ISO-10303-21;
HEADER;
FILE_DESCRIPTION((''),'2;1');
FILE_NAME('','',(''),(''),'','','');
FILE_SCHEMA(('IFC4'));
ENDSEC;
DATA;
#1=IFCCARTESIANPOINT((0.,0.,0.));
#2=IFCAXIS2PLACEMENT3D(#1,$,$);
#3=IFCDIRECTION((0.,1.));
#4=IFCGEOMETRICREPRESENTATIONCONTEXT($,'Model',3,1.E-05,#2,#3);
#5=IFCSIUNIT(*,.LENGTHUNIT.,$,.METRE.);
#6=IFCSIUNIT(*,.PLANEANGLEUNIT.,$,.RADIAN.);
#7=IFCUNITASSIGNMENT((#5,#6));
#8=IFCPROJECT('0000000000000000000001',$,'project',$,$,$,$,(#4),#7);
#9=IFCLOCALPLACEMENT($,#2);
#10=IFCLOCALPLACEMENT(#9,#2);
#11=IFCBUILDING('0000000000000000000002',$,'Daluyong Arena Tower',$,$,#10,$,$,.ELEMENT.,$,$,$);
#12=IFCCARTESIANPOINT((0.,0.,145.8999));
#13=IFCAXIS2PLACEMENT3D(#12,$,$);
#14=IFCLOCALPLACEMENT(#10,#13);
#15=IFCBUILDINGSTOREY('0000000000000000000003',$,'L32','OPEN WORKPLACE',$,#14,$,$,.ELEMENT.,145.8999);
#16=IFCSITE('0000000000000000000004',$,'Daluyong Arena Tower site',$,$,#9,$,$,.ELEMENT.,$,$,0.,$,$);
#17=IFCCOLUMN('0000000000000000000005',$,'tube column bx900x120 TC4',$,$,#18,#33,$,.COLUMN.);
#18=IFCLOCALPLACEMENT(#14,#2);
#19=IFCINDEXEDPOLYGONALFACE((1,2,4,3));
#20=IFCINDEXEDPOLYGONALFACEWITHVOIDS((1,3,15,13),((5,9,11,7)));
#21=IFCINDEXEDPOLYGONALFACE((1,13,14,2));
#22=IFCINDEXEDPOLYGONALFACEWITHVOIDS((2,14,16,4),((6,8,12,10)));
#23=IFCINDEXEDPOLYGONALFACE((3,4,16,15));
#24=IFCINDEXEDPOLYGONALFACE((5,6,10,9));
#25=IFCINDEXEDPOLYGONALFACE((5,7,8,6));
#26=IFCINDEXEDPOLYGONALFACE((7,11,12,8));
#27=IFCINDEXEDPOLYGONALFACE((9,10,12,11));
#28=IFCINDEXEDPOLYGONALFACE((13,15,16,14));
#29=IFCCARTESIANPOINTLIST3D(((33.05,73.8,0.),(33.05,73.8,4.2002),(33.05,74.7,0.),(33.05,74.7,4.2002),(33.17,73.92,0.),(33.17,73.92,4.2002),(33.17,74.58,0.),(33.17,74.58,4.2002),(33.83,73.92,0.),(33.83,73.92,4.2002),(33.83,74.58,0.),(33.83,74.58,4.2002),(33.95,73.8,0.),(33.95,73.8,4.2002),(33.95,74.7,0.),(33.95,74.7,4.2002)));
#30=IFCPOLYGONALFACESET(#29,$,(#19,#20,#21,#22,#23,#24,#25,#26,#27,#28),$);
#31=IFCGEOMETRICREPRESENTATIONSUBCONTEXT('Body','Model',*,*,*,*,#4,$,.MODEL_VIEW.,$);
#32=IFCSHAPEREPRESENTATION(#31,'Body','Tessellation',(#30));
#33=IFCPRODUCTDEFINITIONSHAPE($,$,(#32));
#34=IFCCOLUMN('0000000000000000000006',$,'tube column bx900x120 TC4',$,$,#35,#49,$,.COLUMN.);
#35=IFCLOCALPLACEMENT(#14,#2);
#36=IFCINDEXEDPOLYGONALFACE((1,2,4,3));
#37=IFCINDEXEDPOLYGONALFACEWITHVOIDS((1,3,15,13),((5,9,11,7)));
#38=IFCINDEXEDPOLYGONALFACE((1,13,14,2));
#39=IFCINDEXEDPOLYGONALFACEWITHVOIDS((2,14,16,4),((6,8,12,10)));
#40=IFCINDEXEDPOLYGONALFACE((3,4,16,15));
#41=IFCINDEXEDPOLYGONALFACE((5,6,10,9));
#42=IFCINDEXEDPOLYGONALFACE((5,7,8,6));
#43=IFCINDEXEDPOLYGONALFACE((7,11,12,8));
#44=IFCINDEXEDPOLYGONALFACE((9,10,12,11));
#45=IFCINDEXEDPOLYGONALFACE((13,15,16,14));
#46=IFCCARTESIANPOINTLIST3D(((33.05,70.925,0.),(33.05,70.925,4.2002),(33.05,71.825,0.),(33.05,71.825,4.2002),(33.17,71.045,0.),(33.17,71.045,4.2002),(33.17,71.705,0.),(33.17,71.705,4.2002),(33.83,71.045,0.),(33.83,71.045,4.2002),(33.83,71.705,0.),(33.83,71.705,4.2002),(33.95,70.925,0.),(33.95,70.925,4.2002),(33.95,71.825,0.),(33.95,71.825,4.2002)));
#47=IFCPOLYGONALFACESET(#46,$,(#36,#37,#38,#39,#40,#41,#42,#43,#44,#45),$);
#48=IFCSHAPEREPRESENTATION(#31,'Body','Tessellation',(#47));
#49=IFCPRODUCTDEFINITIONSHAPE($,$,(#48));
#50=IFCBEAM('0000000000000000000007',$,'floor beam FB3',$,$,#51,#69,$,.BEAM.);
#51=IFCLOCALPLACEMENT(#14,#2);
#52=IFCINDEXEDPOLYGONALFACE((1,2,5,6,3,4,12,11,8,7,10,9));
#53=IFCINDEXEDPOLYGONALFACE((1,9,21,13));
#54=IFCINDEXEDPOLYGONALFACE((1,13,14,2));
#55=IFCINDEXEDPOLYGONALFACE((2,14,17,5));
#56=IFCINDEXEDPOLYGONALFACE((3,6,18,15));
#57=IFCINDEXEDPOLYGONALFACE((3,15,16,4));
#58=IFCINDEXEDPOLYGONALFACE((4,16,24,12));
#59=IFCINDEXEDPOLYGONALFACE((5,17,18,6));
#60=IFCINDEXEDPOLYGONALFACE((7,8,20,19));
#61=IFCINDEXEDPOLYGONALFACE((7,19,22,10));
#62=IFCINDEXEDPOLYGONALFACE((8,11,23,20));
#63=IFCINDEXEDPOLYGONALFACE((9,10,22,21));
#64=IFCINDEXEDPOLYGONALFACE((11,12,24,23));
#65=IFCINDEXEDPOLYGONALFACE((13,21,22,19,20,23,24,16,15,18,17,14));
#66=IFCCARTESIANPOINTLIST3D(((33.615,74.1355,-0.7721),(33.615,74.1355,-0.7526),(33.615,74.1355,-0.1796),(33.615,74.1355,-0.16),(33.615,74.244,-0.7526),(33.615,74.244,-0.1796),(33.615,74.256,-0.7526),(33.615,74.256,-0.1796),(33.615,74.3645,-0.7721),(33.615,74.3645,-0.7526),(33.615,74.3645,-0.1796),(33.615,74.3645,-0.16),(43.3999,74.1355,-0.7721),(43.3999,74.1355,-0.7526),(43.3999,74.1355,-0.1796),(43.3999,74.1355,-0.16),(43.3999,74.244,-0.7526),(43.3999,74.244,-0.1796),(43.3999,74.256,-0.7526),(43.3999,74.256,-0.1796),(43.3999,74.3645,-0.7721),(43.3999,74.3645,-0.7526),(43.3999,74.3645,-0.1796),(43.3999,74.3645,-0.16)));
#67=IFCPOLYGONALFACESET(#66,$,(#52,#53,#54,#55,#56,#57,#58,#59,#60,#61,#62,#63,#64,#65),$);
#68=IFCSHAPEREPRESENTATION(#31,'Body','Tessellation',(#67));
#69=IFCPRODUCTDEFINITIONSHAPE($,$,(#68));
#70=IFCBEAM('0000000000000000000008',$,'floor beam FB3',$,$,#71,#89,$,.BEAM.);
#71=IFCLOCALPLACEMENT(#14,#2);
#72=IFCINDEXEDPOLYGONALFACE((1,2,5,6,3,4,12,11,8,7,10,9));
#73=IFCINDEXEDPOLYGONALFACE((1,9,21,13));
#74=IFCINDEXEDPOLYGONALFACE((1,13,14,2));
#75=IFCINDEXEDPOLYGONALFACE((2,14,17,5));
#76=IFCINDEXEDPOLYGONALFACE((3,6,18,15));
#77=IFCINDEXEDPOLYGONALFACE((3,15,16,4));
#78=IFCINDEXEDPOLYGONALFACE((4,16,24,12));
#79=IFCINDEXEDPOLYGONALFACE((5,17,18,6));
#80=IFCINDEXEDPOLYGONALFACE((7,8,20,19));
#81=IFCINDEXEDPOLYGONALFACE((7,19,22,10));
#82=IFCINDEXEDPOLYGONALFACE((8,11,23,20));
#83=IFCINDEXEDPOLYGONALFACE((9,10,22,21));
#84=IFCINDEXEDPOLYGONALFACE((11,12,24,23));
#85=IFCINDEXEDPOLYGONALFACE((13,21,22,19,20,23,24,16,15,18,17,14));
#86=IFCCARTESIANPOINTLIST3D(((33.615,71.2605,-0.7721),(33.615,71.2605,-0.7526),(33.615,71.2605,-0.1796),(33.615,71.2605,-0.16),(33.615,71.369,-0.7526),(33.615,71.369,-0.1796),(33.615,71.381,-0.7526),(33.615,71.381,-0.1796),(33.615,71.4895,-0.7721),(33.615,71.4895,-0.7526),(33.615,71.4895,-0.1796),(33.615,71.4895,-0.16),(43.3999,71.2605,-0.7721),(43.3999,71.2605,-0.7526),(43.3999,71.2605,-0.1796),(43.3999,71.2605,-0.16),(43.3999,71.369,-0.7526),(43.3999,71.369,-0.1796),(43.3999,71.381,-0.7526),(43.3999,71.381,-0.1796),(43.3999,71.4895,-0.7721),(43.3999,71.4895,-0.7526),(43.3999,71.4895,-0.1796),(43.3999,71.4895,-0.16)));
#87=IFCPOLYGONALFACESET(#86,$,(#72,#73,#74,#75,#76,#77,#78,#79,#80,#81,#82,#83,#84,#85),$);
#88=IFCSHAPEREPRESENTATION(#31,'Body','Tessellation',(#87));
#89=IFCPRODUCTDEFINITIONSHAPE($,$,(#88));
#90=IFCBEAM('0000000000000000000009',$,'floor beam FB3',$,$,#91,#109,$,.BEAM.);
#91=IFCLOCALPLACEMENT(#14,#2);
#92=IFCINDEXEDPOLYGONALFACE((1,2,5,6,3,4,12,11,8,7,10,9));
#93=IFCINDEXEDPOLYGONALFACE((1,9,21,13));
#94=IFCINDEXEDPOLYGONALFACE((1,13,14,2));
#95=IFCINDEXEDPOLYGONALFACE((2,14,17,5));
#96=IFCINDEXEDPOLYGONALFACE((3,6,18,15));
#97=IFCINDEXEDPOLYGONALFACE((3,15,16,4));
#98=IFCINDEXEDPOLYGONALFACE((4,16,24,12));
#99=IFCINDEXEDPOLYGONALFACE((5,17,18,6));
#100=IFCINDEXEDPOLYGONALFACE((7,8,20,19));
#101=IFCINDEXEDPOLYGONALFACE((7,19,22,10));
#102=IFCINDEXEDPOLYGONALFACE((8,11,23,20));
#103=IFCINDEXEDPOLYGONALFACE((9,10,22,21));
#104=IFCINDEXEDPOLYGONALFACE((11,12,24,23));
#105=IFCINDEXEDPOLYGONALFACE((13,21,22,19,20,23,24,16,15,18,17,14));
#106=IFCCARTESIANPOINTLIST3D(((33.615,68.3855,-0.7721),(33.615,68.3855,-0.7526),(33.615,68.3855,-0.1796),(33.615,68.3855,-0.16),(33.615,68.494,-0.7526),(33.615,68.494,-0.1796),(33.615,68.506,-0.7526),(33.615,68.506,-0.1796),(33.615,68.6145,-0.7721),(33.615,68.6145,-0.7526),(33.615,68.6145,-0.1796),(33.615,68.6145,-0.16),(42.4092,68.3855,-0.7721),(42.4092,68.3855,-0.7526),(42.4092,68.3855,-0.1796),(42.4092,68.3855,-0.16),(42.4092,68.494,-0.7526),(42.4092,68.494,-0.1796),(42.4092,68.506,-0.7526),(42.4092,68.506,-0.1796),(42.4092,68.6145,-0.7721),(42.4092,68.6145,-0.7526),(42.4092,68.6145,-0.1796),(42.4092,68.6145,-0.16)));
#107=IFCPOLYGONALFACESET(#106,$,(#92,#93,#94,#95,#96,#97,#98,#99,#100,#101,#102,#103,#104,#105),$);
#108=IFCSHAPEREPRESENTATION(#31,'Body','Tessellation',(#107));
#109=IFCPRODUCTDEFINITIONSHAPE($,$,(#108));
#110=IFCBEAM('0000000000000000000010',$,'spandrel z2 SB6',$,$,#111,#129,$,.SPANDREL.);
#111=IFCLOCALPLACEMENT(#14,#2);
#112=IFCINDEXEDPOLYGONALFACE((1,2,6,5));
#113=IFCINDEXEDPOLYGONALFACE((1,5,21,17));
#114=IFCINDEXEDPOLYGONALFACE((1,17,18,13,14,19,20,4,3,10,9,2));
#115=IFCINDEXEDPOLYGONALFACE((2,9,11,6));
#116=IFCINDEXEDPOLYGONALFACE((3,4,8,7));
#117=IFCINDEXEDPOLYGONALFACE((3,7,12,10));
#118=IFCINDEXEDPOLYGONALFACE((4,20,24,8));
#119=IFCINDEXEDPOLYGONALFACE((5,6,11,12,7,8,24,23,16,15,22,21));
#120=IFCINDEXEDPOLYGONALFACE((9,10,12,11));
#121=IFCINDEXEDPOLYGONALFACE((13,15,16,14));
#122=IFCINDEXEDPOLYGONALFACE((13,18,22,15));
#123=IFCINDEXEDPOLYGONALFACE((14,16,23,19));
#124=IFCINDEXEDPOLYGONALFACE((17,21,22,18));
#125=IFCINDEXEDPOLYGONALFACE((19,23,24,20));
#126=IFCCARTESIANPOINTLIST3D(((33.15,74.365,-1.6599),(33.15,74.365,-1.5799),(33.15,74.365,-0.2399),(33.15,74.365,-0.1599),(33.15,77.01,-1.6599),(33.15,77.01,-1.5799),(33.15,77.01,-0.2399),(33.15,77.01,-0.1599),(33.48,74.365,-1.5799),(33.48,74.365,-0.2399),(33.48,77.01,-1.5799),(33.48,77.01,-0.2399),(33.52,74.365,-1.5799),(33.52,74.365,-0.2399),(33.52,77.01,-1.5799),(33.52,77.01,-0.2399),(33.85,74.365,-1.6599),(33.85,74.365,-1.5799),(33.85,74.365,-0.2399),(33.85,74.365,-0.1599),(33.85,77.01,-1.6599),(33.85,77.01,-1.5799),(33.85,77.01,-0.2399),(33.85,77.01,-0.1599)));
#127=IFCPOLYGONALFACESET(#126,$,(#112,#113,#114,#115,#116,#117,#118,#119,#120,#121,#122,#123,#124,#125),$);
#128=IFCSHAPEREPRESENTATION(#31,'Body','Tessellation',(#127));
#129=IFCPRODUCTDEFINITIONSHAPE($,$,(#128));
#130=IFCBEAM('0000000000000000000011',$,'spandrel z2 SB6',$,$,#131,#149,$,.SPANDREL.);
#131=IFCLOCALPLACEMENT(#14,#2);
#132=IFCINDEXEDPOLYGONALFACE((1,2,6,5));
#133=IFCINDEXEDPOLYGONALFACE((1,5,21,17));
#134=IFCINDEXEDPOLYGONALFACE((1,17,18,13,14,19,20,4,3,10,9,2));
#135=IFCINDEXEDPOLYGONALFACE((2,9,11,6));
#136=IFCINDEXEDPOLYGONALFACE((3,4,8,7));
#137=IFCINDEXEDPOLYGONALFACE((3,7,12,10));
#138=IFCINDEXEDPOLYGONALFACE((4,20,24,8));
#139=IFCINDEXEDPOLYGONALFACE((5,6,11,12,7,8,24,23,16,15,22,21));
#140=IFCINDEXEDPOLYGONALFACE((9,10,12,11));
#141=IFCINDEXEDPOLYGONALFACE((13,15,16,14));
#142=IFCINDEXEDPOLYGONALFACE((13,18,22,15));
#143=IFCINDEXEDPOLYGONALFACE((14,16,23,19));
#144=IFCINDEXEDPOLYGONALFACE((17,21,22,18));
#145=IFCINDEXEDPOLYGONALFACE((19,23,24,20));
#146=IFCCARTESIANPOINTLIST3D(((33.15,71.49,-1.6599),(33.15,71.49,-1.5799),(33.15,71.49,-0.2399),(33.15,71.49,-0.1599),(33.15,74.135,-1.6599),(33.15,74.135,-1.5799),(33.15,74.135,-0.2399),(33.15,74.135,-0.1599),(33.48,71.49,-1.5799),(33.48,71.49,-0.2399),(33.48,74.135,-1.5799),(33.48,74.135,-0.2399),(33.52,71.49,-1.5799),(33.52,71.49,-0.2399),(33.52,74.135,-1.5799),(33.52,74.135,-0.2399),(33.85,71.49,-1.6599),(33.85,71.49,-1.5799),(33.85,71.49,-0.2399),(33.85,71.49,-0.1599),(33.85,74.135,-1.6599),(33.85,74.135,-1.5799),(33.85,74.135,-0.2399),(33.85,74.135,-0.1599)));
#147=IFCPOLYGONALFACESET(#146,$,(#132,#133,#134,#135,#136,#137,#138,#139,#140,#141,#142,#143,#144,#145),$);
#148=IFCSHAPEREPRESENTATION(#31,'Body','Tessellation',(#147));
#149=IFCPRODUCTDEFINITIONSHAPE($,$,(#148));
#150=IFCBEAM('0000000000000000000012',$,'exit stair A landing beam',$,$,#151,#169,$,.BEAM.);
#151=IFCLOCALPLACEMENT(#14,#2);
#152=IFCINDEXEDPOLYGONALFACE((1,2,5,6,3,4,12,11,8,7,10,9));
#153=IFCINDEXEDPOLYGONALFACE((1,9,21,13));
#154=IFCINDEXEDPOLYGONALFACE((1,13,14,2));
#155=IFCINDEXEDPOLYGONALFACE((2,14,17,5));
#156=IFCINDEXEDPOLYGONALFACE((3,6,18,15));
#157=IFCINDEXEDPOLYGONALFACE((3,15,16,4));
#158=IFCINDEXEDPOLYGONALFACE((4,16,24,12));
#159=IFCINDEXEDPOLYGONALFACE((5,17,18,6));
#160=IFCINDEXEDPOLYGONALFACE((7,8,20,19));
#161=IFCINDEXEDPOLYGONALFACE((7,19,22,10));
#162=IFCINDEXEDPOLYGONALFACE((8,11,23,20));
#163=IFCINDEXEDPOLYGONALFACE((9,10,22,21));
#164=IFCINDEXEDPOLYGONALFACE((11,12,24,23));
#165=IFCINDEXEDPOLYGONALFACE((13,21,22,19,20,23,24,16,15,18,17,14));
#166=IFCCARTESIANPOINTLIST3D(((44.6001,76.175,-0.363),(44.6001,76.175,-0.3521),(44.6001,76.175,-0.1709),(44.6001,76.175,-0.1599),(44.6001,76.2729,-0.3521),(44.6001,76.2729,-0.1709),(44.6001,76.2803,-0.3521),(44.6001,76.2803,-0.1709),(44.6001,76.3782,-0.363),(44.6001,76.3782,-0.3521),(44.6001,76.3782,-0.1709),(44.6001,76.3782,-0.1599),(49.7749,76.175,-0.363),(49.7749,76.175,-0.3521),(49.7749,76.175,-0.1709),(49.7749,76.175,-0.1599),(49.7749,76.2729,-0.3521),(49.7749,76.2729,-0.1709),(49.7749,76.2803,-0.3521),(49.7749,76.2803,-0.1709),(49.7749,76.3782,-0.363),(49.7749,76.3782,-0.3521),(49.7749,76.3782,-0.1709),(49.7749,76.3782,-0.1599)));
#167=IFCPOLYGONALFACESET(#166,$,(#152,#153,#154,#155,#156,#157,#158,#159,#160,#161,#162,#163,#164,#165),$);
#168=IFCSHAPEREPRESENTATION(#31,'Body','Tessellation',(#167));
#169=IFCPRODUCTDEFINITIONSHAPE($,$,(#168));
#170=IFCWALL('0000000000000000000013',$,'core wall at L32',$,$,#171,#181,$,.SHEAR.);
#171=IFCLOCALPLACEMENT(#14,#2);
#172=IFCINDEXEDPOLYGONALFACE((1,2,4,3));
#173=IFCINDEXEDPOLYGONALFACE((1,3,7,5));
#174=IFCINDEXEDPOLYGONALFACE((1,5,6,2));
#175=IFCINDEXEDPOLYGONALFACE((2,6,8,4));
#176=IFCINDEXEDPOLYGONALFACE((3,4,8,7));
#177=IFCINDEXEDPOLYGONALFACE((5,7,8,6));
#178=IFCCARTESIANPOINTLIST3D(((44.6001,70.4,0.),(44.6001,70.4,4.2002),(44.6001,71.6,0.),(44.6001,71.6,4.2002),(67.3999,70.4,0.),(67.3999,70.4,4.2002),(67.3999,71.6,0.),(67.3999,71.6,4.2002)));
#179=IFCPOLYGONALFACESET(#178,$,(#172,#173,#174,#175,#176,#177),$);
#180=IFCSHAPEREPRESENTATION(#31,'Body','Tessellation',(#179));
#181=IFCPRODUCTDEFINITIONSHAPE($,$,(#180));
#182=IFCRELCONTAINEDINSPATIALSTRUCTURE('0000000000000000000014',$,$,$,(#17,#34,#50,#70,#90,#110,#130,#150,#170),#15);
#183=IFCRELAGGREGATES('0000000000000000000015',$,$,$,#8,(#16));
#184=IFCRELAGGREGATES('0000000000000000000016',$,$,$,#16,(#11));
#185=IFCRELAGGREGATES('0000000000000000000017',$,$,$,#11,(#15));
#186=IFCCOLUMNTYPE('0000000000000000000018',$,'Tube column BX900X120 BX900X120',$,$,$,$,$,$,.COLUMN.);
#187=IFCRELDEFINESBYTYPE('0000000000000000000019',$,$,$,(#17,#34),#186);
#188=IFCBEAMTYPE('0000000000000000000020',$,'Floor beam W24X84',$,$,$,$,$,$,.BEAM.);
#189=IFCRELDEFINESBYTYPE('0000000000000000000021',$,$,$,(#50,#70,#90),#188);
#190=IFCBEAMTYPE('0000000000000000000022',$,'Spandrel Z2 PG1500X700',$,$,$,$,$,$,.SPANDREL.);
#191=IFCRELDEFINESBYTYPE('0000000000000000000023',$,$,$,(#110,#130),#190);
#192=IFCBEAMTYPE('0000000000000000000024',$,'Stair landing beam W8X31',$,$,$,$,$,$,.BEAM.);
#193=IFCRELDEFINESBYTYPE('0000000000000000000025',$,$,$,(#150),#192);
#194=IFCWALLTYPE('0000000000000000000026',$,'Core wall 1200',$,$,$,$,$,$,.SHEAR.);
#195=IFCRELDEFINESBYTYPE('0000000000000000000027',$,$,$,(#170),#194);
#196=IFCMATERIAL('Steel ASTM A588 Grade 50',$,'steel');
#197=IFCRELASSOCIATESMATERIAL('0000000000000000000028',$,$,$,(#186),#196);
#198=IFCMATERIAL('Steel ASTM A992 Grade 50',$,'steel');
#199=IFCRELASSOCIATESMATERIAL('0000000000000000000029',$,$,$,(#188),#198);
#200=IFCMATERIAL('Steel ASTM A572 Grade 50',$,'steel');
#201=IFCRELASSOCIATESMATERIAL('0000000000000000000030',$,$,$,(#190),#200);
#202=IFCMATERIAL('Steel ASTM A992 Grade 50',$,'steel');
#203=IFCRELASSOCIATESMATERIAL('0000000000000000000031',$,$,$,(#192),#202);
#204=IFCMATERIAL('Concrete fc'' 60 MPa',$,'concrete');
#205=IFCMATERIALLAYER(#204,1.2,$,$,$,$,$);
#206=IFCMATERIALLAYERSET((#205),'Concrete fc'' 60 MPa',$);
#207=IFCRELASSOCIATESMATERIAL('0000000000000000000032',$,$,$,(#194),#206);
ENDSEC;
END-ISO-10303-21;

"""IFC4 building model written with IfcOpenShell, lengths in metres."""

from ifc_helpers import new_model, si_unit, direction, frame, frame_2d, origin, origin_2d, place, context, subcontext, project, spatial, rectangle, hollow_rectangle, i_section, extrude, material, layer, layer_set, material_profile, profile_set, type_object, element, save


model = new_model("IFC4")

# Units and contexts
model_context = context("Model", 3, precision=1e-05, world=origin(), true_north=direction((0.0, 1.0)))
body_context = subcontext(model_context, "Body", "Model", "MODEL_VIEW")
ifc_project = project(units=[si_unit("LENGTHUNIT", "METRE"), si_unit("PLANEANGLEUNIT", "RADIAN")], contexts=[model_context])

# Site, building, storey
site_placement = place(None, origin())
site = spatial("IfcSite", under=ifc_project, at=site_placement, Name="Daluyong Arena Tower site", CompositionType="ELEMENT", RefElevation=0.0)
building_placement = place(site_placement, origin())
building = spatial("IfcBuilding", under=site, at=building_placement, Name="Daluyong Arena Tower", CompositionType="ELEMENT")
storey_placement = place(building_placement, frame((0.0, 0.0, 145.8999)))
storey = spatial("IfcBuildingStorey", under=building, at=storey_placement, Name="L32", Description="OPEN WORKPLACE", CompositionType="ELEMENT", Elevation=145.8999)

# Columns
ifc_material_1 = material(Name="Steel ASTM A588 Grade 50", Category="steel")
ifc_material_profile_1 = material_profile(ifc_material_1, hollow_rectangle(XDim=0.8999, YDim=0.8999, WallThickness=0.12, at=origin_2d()))
ifc_profile_set_1 = profile_set([ifc_material_profile_1], Name="Steel ASTM A588 Grade 50")
column_type = type_object("IfcColumnType", Name="Tube column BX900X120 BX900X120", PredefinedType="COLUMN", material=ifc_profile_set_1)
for number, where, z_axis, x_axis, name in (
    (1, (33.5, 74.25, 0.0), (0.0, 0.0, 1.0), (0.0, 1.0, 0.0), "tube column bx900x120 TC4"),
    (2, (33.5, 71.375, 0.0), (0.0, 0.0, 1.0), (0.0, 1.0, 0.0), "tube column bx900x120 TC4"),
):
    element("IfcColumn", number, at=place(storey_placement, frame(where, z_axis=z_axis, x_axis=x_axis)), inside=storey, type_object=column_type, Name=name, PredefinedType="COLUMN", context=body_context, shape_type="SweptSolid", body=[
        extrude(hollow_rectangle(XDim=0.8999, YDim=0.8999, WallThickness=0.12, at=origin_2d()), origin(), (0.0, 0.0, 1.0), 4.2002),
    ])

# Beams
ifc_material_2 = material(Name="Steel ASTM A992 Grade 50", Category="steel")
ifc_material_profile_2 = material_profile(ifc_material_2, i_section(OverallWidth=0.229, OverallDepth=0.6121, WebThickness=0.012, FlangeThickness=0.0195, at=origin_2d()))
ifc_profile_set_2 = profile_set([ifc_material_profile_2], Name="Steel ASTM A992 Grade 50")
beam_type_1 = type_object("IfcBeamType", Name="Floor beam W24X84", PredefinedType="BEAM", material=ifc_profile_set_2)
for number, where, z_axis, x_axis, name in (
    (3, (33.615, 74.25, -0.4661), (1.0, 0.0, 0.0), (0.0, 1.0, 0.0), "floor beam FB3"),
    (4, (33.615, 71.375, -0.4661), (1.0, 0.0, 0.0), (0.0, 1.0, 0.0), "floor beam FB3"),
):
    element("IfcBeam", number, at=place(storey_placement, frame(where, z_axis=z_axis, x_axis=x_axis)), inside=storey, type_object=beam_type_1, Name=name, PredefinedType="BEAM", context=body_context, shape_type="SweptSolid", body=[
        extrude(i_section(OverallWidth=0.229, OverallDepth=0.6121, WebThickness=0.012, FlangeThickness=0.0195, at=origin_2d()), origin(), (0.0, 0.0, 1.0), 9.7849),
    ])
beam_1_placement = place(storey_placement, frame((33.615, 68.5, -0.4661), z_axis=(1.0, 0.0, 0.0), x_axis=(0.0, 1.0, 0.0)))
element("IfcBeam", 5, at=beam_1_placement, inside=storey, type_object=beam_type_1, Name="floor beam FB3", PredefinedType="BEAM", context=body_context, shape_type="SweptSolid", body=[
    extrude(i_section(OverallWidth=0.229, OverallDepth=0.6121, WebThickness=0.012, FlangeThickness=0.0195, at=origin_2d()), origin(), (0.0, 0.0, 1.0), 8.7942),
])
ifc_material_3 = material(Name="Steel ASTM A572 Grade 50", Category="steel")
ifc_material_profile_3 = material_profile(ifc_material_3, i_section(OverallWidth=0.7, OverallDepth=1.5, WebThickness=0.04, FlangeThickness=0.08, at=origin_2d()))
ifc_profile_set_3 = profile_set([ifc_material_profile_3], Name="Steel ASTM A572 Grade 50")
beam_type_2 = type_object("IfcBeamType", Name="Spandrel Z2 PG1500X700", PredefinedType="SPANDREL", material=ifc_profile_set_3)
for number, where, z_axis, x_axis, name in (
    (6, (33.5, 77.01, -0.9099), (0.0, -1.0, 0.0), (1.0, 0.0, 0.0), "spandrel z2 SB6"),
    (7, (33.5, 74.135, -0.9099), (0.0, -1.0, 0.0), (1.0, 0.0, 0.0), "spandrel z2 SB6"),
):
    element("IfcBeam", number, at=place(storey_placement, frame(where, z_axis=z_axis, x_axis=x_axis)), inside=storey, type_object=beam_type_2, Name=name, PredefinedType="SPANDREL", context=body_context, shape_type="SweptSolid", body=[
        extrude(i_section(OverallWidth=0.7, OverallDepth=1.5, WebThickness=0.04, FlangeThickness=0.08, at=origin_2d()), origin(), (0.0, 0.0, 1.0), 2.645),
    ])
ifc_material_4 = material(Name="Steel ASTM A992 Grade 50", Category="steel")
ifc_material_profile_4 = material_profile(ifc_material_4, i_section(OverallWidth=0.2031, OverallDepth=0.2031, WebThickness=0.0073, FlangeThickness=0.011, at=origin_2d()))
ifc_profile_set_4 = profile_set([ifc_material_profile_4], Name="Steel ASTM A992 Grade 50")
beam_type_3 = type_object("IfcBeamType", Name="Stair landing beam W8X31", PredefinedType="BEAM", material=ifc_profile_set_4)
beam_2_placement = place(storey_placement, frame((44.6001, 76.2766, -0.2615), z_axis=(1.0, 0.0, 0.0), x_axis=(0.0, 1.0, 0.0)))
element("IfcBeam", 8, at=beam_2_placement, inside=storey, type_object=beam_type_3, Name="exit stair A landing beam", PredefinedType="BEAM", context=body_context, shape_type="SweptSolid", body=[
    extrude(i_section(OverallWidth=0.2031, OverallDepth=0.2031, WebThickness=0.0073, FlangeThickness=0.011, at=origin_2d()), origin(), (0.0, 0.0, 1.0), 5.1748),
])

# Shared definitions
ifc_material_5 = material(Name="Concrete fc' 60 MPa", Category="concrete")
ifc_layer_1 = layer(ifc_material_5, 1.2)
ifc_layer_set_1 = layer_set([ifc_layer_1], Name="Concrete fc' 60 MPa")
wall_type_1 = type_object("IfcWallType", Name="Core wall 1200", PredefinedType="SHEAR", material=ifc_layer_set_1)

# Wall
wall_1_placement = place(storey_placement, frame((44.6001, 71.0, 0.0), z_axis=(0.0, 0.0, 1.0), x_axis=(1.0, 0.0, 0.0)))
element("IfcWall", 9, at=wall_1_placement, inside=storey, type_object=wall_type_1, Name="core wall at L32", PredefinedType="SHEAR", context=body_context, shape_type="SweptSolid", body=[
    extrude(rectangle(XDim=22.7998, YDim=1.2, at=frame_2d((11.3999, 0.0))), origin(), (0.0, 0.0, 1.0), 4.2002),
])

save(model, "model.ifc")
